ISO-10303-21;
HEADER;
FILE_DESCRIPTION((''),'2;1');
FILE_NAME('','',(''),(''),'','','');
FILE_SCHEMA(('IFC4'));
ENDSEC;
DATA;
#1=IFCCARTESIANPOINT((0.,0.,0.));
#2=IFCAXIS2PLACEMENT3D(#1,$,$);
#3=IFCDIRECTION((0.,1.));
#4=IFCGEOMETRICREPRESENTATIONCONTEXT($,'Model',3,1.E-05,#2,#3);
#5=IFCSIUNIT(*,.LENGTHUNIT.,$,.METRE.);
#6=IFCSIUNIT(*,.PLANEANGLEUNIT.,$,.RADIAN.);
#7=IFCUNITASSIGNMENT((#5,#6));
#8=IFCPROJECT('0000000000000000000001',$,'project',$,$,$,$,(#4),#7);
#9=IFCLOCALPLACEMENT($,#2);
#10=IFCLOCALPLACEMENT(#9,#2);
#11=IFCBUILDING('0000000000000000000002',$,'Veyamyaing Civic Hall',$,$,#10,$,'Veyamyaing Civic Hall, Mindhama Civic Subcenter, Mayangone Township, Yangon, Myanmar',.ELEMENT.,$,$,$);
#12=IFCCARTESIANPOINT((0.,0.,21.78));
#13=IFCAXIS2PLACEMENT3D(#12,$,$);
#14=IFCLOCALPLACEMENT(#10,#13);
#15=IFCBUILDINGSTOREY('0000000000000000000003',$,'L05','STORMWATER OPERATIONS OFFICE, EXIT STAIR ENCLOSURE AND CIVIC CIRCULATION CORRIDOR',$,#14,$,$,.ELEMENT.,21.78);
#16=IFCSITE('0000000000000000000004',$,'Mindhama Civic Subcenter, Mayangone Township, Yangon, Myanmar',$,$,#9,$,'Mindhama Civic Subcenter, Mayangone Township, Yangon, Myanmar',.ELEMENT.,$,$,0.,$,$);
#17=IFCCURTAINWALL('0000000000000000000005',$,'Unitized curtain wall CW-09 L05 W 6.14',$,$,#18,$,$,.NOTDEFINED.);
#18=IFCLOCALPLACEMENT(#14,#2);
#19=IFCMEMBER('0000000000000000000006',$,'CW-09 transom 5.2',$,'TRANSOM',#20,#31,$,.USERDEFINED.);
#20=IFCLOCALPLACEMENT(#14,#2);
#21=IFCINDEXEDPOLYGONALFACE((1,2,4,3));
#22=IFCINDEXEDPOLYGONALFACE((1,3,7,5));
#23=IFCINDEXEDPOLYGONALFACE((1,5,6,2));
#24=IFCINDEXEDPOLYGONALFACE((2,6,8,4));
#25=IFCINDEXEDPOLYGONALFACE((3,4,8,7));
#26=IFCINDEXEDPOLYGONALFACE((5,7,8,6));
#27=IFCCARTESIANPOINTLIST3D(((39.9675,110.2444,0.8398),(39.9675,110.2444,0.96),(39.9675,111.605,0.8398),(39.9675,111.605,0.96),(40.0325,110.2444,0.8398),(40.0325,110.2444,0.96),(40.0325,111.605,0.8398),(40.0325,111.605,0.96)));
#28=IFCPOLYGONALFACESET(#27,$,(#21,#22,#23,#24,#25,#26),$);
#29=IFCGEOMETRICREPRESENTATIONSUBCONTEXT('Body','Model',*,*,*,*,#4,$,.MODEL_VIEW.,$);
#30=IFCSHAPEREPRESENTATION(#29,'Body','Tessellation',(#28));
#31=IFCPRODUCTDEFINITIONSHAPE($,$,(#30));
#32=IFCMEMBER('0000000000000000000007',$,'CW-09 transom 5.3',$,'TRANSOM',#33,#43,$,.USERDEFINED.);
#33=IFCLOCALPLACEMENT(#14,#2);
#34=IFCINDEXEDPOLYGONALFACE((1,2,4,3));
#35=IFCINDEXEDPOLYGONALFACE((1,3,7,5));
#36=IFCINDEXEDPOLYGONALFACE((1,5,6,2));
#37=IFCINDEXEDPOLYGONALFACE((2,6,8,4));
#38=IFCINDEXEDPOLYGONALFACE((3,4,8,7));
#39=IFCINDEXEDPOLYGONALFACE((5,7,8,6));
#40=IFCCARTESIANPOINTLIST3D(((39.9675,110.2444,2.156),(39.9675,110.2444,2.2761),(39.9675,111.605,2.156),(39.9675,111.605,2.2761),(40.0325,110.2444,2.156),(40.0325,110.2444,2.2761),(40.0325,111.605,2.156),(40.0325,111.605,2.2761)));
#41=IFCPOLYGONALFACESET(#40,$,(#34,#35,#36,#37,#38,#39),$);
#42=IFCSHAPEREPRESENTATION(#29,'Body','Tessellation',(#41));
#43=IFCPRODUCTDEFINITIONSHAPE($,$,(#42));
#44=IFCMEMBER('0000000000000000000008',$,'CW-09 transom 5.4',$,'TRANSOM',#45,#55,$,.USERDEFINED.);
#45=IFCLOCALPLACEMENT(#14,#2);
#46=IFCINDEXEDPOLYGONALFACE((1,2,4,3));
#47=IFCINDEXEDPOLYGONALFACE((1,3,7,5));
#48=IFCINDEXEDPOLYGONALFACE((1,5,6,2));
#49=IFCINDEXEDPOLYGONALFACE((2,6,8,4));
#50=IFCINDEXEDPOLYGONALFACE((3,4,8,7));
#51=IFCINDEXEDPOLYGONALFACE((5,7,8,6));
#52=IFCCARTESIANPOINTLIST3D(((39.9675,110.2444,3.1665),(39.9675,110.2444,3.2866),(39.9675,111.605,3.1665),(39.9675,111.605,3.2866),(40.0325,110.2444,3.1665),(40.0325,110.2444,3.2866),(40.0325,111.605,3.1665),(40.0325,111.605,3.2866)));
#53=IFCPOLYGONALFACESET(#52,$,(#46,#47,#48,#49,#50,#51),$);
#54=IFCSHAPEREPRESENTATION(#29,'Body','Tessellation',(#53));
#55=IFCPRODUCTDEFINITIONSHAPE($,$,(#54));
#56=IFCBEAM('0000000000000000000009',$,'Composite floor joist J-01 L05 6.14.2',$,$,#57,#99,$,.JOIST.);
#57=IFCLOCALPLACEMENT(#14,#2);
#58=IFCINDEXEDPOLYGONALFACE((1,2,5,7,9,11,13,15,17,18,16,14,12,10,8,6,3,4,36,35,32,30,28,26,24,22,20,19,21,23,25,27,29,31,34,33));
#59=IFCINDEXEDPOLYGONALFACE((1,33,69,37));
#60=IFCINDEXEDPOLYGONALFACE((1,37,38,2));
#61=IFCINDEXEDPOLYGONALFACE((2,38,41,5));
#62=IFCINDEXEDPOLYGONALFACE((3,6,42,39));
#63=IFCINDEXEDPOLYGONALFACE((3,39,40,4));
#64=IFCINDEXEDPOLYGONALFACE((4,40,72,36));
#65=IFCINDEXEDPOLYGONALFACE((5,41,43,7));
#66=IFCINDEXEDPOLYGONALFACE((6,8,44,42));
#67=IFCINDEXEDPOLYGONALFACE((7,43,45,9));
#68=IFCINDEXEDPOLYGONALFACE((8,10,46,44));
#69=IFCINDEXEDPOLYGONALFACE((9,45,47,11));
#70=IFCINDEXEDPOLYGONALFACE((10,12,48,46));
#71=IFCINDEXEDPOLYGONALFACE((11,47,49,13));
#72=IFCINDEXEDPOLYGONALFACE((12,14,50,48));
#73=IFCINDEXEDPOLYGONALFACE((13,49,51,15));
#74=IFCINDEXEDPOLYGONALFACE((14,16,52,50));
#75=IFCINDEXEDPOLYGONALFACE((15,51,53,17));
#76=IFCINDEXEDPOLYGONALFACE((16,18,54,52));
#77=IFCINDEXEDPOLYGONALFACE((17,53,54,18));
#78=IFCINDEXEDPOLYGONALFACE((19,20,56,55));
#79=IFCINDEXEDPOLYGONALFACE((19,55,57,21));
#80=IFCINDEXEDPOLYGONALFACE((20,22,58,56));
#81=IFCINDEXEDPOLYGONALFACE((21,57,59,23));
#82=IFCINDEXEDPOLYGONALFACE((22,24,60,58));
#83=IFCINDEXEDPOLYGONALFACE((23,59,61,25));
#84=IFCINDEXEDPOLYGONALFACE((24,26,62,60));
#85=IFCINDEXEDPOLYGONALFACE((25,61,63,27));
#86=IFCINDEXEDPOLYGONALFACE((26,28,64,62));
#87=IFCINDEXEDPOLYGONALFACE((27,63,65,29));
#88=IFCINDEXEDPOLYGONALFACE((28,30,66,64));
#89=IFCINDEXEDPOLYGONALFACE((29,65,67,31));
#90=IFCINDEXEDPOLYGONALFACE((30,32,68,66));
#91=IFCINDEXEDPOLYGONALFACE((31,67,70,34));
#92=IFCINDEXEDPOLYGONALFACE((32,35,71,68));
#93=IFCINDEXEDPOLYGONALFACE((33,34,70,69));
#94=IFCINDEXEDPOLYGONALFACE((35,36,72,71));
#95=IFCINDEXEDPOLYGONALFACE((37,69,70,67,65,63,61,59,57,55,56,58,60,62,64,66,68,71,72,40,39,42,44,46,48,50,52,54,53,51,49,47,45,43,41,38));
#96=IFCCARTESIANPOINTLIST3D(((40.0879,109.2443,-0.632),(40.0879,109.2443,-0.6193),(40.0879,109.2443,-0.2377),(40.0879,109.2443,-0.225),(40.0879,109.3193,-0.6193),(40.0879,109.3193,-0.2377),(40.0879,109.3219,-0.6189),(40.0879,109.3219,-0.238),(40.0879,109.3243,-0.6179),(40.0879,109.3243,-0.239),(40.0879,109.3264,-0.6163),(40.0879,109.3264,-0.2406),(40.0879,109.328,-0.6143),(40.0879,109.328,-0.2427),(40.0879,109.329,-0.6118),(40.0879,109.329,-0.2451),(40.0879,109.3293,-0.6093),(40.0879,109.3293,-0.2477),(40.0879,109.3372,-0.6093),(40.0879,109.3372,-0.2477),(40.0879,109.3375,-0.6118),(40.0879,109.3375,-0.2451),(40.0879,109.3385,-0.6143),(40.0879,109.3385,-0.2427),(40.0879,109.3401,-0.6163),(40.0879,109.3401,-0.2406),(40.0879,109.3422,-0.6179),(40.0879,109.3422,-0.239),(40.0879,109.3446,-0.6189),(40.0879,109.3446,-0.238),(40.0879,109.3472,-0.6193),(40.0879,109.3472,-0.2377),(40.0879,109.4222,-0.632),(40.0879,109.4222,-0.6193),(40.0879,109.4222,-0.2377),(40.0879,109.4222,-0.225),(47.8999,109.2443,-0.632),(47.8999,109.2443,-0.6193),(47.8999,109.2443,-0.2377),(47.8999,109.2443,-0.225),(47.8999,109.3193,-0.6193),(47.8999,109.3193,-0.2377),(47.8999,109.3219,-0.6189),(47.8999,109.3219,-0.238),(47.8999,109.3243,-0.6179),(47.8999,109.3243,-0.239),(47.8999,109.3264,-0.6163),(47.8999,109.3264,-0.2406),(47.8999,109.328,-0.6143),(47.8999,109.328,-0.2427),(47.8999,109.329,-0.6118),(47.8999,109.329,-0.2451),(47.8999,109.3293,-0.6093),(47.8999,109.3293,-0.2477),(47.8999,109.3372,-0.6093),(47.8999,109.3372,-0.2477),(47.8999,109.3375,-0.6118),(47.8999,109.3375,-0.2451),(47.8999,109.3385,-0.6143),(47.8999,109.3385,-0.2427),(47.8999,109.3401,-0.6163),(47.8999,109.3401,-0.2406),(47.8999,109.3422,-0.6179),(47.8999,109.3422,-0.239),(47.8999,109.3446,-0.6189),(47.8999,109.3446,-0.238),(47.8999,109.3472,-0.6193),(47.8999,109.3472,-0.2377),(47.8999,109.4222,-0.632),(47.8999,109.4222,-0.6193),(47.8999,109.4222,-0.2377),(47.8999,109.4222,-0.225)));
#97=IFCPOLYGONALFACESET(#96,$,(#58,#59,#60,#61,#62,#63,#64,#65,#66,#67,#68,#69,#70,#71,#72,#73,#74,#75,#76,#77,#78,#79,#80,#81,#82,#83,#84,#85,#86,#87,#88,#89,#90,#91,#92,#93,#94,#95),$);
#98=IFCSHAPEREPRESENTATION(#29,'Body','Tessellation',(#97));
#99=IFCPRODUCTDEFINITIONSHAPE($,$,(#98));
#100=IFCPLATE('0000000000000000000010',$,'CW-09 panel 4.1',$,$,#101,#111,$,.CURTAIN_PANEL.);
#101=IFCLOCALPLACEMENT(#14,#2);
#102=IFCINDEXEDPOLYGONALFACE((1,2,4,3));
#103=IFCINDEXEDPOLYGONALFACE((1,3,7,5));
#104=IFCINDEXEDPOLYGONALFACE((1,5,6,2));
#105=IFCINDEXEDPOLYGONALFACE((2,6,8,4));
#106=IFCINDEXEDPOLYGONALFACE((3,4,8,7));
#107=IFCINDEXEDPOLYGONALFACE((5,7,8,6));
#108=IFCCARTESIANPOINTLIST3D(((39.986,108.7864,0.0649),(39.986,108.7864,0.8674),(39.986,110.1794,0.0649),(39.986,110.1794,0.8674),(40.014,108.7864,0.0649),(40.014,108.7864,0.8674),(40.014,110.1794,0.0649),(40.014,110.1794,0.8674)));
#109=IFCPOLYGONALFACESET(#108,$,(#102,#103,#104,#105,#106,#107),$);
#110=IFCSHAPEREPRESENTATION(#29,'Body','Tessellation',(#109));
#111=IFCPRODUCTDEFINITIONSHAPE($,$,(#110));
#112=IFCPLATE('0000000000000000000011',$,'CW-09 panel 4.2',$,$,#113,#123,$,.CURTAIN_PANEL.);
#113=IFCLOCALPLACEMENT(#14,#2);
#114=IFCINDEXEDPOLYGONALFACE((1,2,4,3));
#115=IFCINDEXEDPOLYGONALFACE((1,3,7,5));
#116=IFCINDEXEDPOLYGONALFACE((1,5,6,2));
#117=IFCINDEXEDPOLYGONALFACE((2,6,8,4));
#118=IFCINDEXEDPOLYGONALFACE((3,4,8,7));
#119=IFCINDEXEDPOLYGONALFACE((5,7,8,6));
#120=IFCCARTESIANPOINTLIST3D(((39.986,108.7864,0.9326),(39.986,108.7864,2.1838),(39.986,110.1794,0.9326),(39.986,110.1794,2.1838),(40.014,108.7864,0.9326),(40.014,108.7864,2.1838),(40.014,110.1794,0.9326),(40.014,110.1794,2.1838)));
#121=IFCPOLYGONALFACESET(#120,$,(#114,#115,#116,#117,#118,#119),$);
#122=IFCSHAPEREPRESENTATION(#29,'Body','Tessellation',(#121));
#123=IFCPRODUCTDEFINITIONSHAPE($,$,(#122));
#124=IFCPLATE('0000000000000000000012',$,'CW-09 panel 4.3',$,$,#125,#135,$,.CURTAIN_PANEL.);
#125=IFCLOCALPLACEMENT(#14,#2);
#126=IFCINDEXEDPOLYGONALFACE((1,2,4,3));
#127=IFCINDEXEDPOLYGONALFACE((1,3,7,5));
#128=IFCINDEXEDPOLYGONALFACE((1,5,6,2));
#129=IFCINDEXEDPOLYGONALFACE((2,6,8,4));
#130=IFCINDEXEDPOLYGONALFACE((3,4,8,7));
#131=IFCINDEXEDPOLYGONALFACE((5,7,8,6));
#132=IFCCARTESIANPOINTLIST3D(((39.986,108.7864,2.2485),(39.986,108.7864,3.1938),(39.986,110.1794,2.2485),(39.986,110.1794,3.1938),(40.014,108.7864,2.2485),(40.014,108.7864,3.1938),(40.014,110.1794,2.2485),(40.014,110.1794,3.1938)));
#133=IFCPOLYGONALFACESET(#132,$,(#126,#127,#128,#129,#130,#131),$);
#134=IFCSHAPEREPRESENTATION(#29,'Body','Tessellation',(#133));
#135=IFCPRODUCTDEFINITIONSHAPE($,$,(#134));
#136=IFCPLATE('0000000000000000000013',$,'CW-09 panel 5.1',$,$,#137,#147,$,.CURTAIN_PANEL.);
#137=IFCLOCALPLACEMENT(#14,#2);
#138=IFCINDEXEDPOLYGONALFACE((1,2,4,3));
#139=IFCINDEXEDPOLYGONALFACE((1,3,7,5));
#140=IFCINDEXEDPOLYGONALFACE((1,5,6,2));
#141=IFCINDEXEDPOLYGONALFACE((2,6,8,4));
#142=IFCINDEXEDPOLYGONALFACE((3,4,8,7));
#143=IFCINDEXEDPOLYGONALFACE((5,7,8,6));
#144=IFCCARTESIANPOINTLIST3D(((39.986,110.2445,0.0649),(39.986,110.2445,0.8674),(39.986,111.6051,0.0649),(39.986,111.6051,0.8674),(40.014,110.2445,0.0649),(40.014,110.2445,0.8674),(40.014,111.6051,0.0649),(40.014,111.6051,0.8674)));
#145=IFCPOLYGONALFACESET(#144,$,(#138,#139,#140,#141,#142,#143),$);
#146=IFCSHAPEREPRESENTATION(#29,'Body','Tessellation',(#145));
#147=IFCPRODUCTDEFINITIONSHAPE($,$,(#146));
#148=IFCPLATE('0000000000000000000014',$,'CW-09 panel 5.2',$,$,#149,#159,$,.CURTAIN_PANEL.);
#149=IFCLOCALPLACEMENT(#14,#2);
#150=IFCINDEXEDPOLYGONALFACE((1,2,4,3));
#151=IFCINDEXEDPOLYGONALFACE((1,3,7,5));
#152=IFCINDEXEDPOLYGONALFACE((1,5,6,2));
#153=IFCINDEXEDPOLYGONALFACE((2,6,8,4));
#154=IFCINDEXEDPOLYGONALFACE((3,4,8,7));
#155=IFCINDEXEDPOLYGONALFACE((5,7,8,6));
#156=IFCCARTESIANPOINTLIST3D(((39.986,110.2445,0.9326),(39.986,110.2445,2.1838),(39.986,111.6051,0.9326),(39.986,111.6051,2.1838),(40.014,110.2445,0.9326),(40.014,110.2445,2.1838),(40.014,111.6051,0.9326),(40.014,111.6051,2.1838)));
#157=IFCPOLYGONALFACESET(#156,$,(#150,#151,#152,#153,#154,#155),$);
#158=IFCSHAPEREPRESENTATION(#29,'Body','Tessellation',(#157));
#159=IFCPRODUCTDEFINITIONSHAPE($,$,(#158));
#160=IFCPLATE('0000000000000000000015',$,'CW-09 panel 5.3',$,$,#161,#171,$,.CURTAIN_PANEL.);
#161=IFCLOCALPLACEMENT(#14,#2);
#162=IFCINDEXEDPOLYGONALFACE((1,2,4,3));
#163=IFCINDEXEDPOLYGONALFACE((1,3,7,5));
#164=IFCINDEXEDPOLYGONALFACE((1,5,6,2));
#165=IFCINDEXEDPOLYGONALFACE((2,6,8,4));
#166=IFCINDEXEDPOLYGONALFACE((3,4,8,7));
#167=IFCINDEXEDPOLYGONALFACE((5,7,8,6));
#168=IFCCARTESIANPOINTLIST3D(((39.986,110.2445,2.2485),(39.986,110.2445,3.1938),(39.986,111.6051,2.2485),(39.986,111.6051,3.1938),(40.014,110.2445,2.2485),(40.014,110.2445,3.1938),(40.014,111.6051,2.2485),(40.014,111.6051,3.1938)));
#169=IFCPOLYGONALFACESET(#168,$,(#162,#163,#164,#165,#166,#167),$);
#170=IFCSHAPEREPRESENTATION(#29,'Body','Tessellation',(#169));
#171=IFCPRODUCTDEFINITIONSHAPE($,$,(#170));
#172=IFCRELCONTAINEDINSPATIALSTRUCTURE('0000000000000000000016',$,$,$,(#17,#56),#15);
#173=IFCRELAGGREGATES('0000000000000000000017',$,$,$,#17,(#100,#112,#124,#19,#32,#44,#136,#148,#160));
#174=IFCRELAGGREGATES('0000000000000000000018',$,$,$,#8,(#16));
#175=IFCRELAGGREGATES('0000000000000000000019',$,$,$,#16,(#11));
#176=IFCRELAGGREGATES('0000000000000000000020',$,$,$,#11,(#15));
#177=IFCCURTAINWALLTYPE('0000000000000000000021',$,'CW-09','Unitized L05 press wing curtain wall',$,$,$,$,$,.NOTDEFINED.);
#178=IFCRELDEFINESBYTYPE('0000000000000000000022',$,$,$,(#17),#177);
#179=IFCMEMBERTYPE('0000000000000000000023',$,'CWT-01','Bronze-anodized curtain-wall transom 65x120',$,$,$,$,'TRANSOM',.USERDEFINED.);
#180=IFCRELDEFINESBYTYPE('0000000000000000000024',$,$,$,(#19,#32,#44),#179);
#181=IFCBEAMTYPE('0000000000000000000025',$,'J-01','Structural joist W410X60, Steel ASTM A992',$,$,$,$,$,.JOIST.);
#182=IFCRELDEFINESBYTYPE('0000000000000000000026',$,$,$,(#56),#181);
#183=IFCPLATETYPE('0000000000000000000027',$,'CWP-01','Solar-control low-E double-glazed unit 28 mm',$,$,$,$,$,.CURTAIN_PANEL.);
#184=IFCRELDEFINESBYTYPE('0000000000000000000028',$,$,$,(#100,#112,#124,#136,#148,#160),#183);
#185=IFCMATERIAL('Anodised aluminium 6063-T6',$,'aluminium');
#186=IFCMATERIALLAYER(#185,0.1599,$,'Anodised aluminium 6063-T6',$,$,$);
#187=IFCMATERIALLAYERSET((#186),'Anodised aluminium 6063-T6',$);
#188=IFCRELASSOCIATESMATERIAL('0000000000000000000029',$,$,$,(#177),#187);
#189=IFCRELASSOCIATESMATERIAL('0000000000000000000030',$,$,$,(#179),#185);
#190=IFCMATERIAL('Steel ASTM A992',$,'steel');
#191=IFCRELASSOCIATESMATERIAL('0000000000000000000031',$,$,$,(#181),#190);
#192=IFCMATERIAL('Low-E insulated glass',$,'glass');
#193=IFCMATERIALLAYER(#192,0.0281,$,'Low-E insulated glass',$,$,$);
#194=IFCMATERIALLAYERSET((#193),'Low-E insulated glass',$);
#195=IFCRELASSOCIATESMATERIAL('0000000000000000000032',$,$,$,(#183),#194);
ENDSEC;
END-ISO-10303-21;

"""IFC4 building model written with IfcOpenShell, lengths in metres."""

from ifc_helpers import new_model, si_unit, direction, frame, origin, origin_2d, place, context, subcontext, project, spatial, rectangle, i_section, extrude, material, layer, layer_set, material_profile, profile_set, type_object, element, aggregate, save


model = new_model("IFC4")

# Units and contexts
model_context = context("Model", 3, precision=1e-05, world=origin(), true_north=direction((0.0, 1.0)))
body_context = subcontext(model_context, "Body", "Model", "MODEL_VIEW")
ifc_project = project(units=[si_unit("LENGTHUNIT", "METRE"), si_unit("PLANEANGLEUNIT", "RADIAN")], contexts=[model_context])

# Site, building, storey
site_placement = place(None, origin())
site = spatial("IfcSite", under=ifc_project, at=site_placement, Name="Mindhama Civic Subcenter, Mayangone Township, Yangon, Myanmar", LongName="Mindhama Civic Subcenter, Mayangone Township, Yangon, Myanmar", CompositionType="ELEMENT", RefElevation=0.0)
building_placement = place(site_placement, origin())
building = spatial("IfcBuilding", under=site, at=building_placement, Name="Veyamyaing Civic Hall", LongName="Veyamyaing Civic Hall, Mindhama Civic Subcenter, Mayangone Township, Yangon, Myanmar", CompositionType="ELEMENT")
storey_placement = place(building_placement, frame((0.0, 0.0, 21.78)))
storey = spatial("IfcBuildingStorey", under=building, at=storey_placement, Name="L05", Description="STORMWATER OPERATIONS OFFICE, EXIT STAIR ENCLOSURE AND CIVIC CIRCULATION CORRIDOR", CompositionType="ELEMENT", Elevation=21.78)

# Shared definitions
ifc_material_1 = material(Name="Steel ASTM A992", Category="steel")

# Shared definitions
ifc_material_2 = material(Name="Anodised aluminium 6063-T6", Category="aluminium")
ifc_layer_1 = layer(ifc_material_2, 0.1599, Name="Anodised aluminium 6063-T6")
ifc_layer_set_1 = layer_set([ifc_layer_1], Name="Anodised aluminium 6063-T6")
curtain_wall_type = type_object("IfcCurtainWallType", Name="CW-09", Description="Unitized L05 press wing curtain wall", PredefinedType="NOTDEFINED", material=ifc_layer_set_1)

# Curtain wall, members
curtain_wall_1_placement = place(storey_placement, origin())
curtain_wall_1 = element("IfcCurtainWall", 1, at=curtain_wall_1_placement, inside=storey, type_object=curtain_wall_type, Name="Unitized curtain wall CW-09 L05 W 6.14", PredefinedType="NOTDEFINED")
ifc_material_profile_1 = material_profile(ifc_material_2, rectangle(XDim=0.0649, YDim=0.1201, at=origin_2d()), Name="ALU-TRN-65X120")
ifc_profile_set_1 = profile_set([ifc_material_profile_1], Name="Anodised aluminium 6063-T6")
member_type_1 = type_object("IfcMemberType", Name="CWT-01", Description="Bronze-anodized curtain-wall transom 65x120", ElementType="TRANSOM", PredefinedType="USERDEFINED", material=ifc_profile_set_1)
member_1_placement = place(storey_placement, frame((40.0, 110.2444, 0.8999), z_axis=(0.0, 1.0, 0.0), x_axis=(-1.0, 0.0, 0.0)))
member_1 = element("IfcMember", 2, at=member_1_placement, type_object=member_type_1, Name="CW-09 transom 5.2", ObjectType="TRANSOM", PredefinedType="USERDEFINED", context=body_context, shape_type="SweptSolid", body=[
    extrude(rectangle(XDim=0.0649, YDim=0.1201, at=origin_2d()), origin(), (0.0, 0.0, 1.0), 1.3606),
])
member_2_placement = place(storey_placement, frame((40.0, 110.2444, 2.2161), z_axis=(0.0, 1.0, 0.0), x_axis=(-1.0, 0.0, 0.0)))
member_2 = element("IfcMember", 3, at=member_2_placement, type_object=member_type_1, Name="CW-09 transom 5.3", ObjectType="TRANSOM", PredefinedType="USERDEFINED", context=body_context, shape_type="SweptSolid", body=[
    extrude(rectangle(XDim=0.0649, YDim=0.1201, at=origin_2d()), origin(), (0.0, 0.0, 1.0), 1.3606),
])
member_3_placement = place(storey_placement, frame((40.0, 110.2444, 3.2266), z_axis=(0.0, 1.0, 0.0), x_axis=(-1.0, 0.0, 0.0)))
member_3 = element("IfcMember", 4, at=member_3_placement, type_object=member_type_1, Name="CW-09 transom 5.4", ObjectType="TRANSOM", PredefinedType="USERDEFINED", context=body_context, shape_type="SweptSolid", body=[
    extrude(rectangle(XDim=0.0649, YDim=0.1201, at=origin_2d()), origin(), (0.0, 0.0, 1.0), 1.3606),
])

# Beam
ifc_material_profile_2 = material_profile(ifc_material_1, i_section(OverallWidth=0.178, OverallDepth=0.407, WebThickness=0.0078, FlangeThickness=0.0127, FilletRadius=0.01, at=origin_2d()), Name="W410X60")
ifc_profile_set_2 = profile_set([ifc_material_profile_2], Name="Steel ASTM A992")
beam_type_1 = type_object("IfcBeamType", Name="J-01", Description="Structural joist W410X60, Steel ASTM A992", PredefinedType="JOIST", material=ifc_profile_set_2)
beam_1_placement = place(storey_placement, frame((40.0879, 109.3333, -0.4285), z_axis=(1.0, 0.0, 0.0), x_axis=(0.0, 1.0, 0.0)))
element("IfcBeam", 5, at=beam_1_placement, inside=storey, type_object=beam_type_1, Name="Composite floor joist J-01 L05 6.14.2", PredefinedType="JOIST", context=body_context, shape_type="SweptSolid", body=[
    extrude(i_section(OverallWidth=0.178, OverallDepth=0.407, WebThickness=0.0078, FlangeThickness=0.0127, FilletRadius=0.01, at=origin_2d()), origin(), (0.0, 0.0, 1.0), 7.812),
])

# Plates
ifc_material_3 = material(Name="Low-E insulated glass", Category="glass")
ifc_layer_2 = layer(ifc_material_3, 0.0281, Name="Low-E insulated glass")
ifc_layer_set_2 = layer_set([ifc_layer_2], Name="Low-E insulated glass")
plate_type = type_object("IfcPlateType", Name="CWP-01", Description="Solar-control low-E double-glazed unit 28 mm", PredefinedType="CURTAIN_PANEL", material=ifc_layer_set_2)
plate_1_placement = place(storey_placement, frame((40.0, 109.4829, 0.0649), z_axis=(0.0, 0.0, 1.0), x_axis=(0.0, 1.0, 0.0)))
plate_1 = element("IfcPlate", 6, at=plate_1_placement, type_object=plate_type, Name="CW-09 panel 4.1", PredefinedType="CURTAIN_PANEL", context=body_context, shape_type="SweptSolid", body=[
    extrude(rectangle(XDim=1.3931, YDim=0.0281, at=origin_2d()), origin(), (0.0, 0.0, 1.0), 0.8025),
])
plate_2_placement = place(storey_placement, frame((40.0, 109.4829, 0.9326), z_axis=(0.0, 0.0, 1.0), x_axis=(0.0, 1.0, 0.0)))
plate_2 = element("IfcPlate", 7, at=plate_2_placement, type_object=plate_type, Name="CW-09 panel 4.2", PredefinedType="CURTAIN_PANEL", context=body_context, shape_type="SweptSolid", body=[
    extrude(rectangle(XDim=1.3931, YDim=0.0281, at=origin_2d()), origin(), (0.0, 0.0, 1.0), 1.2512),
])
plate_3_placement = place(storey_placement, frame((40.0, 109.4829, 2.2485), z_axis=(0.0, 0.0, 1.0), x_axis=(0.0, 1.0, 0.0)))
plate_3 = element("IfcPlate", 8, at=plate_3_placement, type_object=plate_type, Name="CW-09 panel 4.3", PredefinedType="CURTAIN_PANEL", context=body_context, shape_type="SweptSolid", body=[
    extrude(rectangle(XDim=1.3931, YDim=0.0281, at=origin_2d()), origin(), (0.0, 0.0, 1.0), 0.9453),
])
plate_4_placement = place(storey_placement, frame((40.0, 110.9248, 0.0649), z_axis=(0.0, 0.0, 1.0), x_axis=(0.0, 1.0, 0.0)))
plate_4 = element("IfcPlate", 9, at=plate_4_placement, type_object=plate_type, Name="CW-09 panel 5.1", PredefinedType="CURTAIN_PANEL", context=body_context, shape_type="SweptSolid", body=[
    extrude(rectangle(XDim=1.3606, YDim=0.0281, at=origin_2d()), origin(), (0.0, 0.0, 1.0), 0.8025),
])
plate_5_placement = place(storey_placement, frame((40.0, 110.9248, 0.9326), z_axis=(0.0, 0.0, 1.0), x_axis=(0.0, 1.0, 0.0)))
plate_5 = element("IfcPlate", 10, at=plate_5_placement, type_object=plate_type, Name="CW-09 panel 5.2", PredefinedType="CURTAIN_PANEL", context=body_context, shape_type="SweptSolid", body=[
    extrude(rectangle(XDim=1.3606, YDim=0.0281, at=origin_2d()), origin(), (0.0, 0.0, 1.0), 1.2512),
])
plate_6_placement = place(storey_placement, frame((40.0, 110.9248, 2.2485), z_axis=(0.0, 0.0, 1.0), x_axis=(0.0, 1.0, 0.0)))
plate_6 = element("IfcPlate", 11, at=plate_6_placement, type_object=plate_type, Name="CW-09 panel 5.3", PredefinedType="CURTAIN_PANEL", context=body_context, shape_type="SweptSolid", body=[
    extrude(rectangle(XDim=1.3606, YDim=0.0281, at=origin_2d()), origin(), (0.0, 0.0, 1.0), 0.9453),
])
aggregate(curtain_wall_1, [plate_1, plate_2, plate_3, member_1, member_2, member_3, plate_4, plate_5, plate_6])

save(model, "model.ifc")
